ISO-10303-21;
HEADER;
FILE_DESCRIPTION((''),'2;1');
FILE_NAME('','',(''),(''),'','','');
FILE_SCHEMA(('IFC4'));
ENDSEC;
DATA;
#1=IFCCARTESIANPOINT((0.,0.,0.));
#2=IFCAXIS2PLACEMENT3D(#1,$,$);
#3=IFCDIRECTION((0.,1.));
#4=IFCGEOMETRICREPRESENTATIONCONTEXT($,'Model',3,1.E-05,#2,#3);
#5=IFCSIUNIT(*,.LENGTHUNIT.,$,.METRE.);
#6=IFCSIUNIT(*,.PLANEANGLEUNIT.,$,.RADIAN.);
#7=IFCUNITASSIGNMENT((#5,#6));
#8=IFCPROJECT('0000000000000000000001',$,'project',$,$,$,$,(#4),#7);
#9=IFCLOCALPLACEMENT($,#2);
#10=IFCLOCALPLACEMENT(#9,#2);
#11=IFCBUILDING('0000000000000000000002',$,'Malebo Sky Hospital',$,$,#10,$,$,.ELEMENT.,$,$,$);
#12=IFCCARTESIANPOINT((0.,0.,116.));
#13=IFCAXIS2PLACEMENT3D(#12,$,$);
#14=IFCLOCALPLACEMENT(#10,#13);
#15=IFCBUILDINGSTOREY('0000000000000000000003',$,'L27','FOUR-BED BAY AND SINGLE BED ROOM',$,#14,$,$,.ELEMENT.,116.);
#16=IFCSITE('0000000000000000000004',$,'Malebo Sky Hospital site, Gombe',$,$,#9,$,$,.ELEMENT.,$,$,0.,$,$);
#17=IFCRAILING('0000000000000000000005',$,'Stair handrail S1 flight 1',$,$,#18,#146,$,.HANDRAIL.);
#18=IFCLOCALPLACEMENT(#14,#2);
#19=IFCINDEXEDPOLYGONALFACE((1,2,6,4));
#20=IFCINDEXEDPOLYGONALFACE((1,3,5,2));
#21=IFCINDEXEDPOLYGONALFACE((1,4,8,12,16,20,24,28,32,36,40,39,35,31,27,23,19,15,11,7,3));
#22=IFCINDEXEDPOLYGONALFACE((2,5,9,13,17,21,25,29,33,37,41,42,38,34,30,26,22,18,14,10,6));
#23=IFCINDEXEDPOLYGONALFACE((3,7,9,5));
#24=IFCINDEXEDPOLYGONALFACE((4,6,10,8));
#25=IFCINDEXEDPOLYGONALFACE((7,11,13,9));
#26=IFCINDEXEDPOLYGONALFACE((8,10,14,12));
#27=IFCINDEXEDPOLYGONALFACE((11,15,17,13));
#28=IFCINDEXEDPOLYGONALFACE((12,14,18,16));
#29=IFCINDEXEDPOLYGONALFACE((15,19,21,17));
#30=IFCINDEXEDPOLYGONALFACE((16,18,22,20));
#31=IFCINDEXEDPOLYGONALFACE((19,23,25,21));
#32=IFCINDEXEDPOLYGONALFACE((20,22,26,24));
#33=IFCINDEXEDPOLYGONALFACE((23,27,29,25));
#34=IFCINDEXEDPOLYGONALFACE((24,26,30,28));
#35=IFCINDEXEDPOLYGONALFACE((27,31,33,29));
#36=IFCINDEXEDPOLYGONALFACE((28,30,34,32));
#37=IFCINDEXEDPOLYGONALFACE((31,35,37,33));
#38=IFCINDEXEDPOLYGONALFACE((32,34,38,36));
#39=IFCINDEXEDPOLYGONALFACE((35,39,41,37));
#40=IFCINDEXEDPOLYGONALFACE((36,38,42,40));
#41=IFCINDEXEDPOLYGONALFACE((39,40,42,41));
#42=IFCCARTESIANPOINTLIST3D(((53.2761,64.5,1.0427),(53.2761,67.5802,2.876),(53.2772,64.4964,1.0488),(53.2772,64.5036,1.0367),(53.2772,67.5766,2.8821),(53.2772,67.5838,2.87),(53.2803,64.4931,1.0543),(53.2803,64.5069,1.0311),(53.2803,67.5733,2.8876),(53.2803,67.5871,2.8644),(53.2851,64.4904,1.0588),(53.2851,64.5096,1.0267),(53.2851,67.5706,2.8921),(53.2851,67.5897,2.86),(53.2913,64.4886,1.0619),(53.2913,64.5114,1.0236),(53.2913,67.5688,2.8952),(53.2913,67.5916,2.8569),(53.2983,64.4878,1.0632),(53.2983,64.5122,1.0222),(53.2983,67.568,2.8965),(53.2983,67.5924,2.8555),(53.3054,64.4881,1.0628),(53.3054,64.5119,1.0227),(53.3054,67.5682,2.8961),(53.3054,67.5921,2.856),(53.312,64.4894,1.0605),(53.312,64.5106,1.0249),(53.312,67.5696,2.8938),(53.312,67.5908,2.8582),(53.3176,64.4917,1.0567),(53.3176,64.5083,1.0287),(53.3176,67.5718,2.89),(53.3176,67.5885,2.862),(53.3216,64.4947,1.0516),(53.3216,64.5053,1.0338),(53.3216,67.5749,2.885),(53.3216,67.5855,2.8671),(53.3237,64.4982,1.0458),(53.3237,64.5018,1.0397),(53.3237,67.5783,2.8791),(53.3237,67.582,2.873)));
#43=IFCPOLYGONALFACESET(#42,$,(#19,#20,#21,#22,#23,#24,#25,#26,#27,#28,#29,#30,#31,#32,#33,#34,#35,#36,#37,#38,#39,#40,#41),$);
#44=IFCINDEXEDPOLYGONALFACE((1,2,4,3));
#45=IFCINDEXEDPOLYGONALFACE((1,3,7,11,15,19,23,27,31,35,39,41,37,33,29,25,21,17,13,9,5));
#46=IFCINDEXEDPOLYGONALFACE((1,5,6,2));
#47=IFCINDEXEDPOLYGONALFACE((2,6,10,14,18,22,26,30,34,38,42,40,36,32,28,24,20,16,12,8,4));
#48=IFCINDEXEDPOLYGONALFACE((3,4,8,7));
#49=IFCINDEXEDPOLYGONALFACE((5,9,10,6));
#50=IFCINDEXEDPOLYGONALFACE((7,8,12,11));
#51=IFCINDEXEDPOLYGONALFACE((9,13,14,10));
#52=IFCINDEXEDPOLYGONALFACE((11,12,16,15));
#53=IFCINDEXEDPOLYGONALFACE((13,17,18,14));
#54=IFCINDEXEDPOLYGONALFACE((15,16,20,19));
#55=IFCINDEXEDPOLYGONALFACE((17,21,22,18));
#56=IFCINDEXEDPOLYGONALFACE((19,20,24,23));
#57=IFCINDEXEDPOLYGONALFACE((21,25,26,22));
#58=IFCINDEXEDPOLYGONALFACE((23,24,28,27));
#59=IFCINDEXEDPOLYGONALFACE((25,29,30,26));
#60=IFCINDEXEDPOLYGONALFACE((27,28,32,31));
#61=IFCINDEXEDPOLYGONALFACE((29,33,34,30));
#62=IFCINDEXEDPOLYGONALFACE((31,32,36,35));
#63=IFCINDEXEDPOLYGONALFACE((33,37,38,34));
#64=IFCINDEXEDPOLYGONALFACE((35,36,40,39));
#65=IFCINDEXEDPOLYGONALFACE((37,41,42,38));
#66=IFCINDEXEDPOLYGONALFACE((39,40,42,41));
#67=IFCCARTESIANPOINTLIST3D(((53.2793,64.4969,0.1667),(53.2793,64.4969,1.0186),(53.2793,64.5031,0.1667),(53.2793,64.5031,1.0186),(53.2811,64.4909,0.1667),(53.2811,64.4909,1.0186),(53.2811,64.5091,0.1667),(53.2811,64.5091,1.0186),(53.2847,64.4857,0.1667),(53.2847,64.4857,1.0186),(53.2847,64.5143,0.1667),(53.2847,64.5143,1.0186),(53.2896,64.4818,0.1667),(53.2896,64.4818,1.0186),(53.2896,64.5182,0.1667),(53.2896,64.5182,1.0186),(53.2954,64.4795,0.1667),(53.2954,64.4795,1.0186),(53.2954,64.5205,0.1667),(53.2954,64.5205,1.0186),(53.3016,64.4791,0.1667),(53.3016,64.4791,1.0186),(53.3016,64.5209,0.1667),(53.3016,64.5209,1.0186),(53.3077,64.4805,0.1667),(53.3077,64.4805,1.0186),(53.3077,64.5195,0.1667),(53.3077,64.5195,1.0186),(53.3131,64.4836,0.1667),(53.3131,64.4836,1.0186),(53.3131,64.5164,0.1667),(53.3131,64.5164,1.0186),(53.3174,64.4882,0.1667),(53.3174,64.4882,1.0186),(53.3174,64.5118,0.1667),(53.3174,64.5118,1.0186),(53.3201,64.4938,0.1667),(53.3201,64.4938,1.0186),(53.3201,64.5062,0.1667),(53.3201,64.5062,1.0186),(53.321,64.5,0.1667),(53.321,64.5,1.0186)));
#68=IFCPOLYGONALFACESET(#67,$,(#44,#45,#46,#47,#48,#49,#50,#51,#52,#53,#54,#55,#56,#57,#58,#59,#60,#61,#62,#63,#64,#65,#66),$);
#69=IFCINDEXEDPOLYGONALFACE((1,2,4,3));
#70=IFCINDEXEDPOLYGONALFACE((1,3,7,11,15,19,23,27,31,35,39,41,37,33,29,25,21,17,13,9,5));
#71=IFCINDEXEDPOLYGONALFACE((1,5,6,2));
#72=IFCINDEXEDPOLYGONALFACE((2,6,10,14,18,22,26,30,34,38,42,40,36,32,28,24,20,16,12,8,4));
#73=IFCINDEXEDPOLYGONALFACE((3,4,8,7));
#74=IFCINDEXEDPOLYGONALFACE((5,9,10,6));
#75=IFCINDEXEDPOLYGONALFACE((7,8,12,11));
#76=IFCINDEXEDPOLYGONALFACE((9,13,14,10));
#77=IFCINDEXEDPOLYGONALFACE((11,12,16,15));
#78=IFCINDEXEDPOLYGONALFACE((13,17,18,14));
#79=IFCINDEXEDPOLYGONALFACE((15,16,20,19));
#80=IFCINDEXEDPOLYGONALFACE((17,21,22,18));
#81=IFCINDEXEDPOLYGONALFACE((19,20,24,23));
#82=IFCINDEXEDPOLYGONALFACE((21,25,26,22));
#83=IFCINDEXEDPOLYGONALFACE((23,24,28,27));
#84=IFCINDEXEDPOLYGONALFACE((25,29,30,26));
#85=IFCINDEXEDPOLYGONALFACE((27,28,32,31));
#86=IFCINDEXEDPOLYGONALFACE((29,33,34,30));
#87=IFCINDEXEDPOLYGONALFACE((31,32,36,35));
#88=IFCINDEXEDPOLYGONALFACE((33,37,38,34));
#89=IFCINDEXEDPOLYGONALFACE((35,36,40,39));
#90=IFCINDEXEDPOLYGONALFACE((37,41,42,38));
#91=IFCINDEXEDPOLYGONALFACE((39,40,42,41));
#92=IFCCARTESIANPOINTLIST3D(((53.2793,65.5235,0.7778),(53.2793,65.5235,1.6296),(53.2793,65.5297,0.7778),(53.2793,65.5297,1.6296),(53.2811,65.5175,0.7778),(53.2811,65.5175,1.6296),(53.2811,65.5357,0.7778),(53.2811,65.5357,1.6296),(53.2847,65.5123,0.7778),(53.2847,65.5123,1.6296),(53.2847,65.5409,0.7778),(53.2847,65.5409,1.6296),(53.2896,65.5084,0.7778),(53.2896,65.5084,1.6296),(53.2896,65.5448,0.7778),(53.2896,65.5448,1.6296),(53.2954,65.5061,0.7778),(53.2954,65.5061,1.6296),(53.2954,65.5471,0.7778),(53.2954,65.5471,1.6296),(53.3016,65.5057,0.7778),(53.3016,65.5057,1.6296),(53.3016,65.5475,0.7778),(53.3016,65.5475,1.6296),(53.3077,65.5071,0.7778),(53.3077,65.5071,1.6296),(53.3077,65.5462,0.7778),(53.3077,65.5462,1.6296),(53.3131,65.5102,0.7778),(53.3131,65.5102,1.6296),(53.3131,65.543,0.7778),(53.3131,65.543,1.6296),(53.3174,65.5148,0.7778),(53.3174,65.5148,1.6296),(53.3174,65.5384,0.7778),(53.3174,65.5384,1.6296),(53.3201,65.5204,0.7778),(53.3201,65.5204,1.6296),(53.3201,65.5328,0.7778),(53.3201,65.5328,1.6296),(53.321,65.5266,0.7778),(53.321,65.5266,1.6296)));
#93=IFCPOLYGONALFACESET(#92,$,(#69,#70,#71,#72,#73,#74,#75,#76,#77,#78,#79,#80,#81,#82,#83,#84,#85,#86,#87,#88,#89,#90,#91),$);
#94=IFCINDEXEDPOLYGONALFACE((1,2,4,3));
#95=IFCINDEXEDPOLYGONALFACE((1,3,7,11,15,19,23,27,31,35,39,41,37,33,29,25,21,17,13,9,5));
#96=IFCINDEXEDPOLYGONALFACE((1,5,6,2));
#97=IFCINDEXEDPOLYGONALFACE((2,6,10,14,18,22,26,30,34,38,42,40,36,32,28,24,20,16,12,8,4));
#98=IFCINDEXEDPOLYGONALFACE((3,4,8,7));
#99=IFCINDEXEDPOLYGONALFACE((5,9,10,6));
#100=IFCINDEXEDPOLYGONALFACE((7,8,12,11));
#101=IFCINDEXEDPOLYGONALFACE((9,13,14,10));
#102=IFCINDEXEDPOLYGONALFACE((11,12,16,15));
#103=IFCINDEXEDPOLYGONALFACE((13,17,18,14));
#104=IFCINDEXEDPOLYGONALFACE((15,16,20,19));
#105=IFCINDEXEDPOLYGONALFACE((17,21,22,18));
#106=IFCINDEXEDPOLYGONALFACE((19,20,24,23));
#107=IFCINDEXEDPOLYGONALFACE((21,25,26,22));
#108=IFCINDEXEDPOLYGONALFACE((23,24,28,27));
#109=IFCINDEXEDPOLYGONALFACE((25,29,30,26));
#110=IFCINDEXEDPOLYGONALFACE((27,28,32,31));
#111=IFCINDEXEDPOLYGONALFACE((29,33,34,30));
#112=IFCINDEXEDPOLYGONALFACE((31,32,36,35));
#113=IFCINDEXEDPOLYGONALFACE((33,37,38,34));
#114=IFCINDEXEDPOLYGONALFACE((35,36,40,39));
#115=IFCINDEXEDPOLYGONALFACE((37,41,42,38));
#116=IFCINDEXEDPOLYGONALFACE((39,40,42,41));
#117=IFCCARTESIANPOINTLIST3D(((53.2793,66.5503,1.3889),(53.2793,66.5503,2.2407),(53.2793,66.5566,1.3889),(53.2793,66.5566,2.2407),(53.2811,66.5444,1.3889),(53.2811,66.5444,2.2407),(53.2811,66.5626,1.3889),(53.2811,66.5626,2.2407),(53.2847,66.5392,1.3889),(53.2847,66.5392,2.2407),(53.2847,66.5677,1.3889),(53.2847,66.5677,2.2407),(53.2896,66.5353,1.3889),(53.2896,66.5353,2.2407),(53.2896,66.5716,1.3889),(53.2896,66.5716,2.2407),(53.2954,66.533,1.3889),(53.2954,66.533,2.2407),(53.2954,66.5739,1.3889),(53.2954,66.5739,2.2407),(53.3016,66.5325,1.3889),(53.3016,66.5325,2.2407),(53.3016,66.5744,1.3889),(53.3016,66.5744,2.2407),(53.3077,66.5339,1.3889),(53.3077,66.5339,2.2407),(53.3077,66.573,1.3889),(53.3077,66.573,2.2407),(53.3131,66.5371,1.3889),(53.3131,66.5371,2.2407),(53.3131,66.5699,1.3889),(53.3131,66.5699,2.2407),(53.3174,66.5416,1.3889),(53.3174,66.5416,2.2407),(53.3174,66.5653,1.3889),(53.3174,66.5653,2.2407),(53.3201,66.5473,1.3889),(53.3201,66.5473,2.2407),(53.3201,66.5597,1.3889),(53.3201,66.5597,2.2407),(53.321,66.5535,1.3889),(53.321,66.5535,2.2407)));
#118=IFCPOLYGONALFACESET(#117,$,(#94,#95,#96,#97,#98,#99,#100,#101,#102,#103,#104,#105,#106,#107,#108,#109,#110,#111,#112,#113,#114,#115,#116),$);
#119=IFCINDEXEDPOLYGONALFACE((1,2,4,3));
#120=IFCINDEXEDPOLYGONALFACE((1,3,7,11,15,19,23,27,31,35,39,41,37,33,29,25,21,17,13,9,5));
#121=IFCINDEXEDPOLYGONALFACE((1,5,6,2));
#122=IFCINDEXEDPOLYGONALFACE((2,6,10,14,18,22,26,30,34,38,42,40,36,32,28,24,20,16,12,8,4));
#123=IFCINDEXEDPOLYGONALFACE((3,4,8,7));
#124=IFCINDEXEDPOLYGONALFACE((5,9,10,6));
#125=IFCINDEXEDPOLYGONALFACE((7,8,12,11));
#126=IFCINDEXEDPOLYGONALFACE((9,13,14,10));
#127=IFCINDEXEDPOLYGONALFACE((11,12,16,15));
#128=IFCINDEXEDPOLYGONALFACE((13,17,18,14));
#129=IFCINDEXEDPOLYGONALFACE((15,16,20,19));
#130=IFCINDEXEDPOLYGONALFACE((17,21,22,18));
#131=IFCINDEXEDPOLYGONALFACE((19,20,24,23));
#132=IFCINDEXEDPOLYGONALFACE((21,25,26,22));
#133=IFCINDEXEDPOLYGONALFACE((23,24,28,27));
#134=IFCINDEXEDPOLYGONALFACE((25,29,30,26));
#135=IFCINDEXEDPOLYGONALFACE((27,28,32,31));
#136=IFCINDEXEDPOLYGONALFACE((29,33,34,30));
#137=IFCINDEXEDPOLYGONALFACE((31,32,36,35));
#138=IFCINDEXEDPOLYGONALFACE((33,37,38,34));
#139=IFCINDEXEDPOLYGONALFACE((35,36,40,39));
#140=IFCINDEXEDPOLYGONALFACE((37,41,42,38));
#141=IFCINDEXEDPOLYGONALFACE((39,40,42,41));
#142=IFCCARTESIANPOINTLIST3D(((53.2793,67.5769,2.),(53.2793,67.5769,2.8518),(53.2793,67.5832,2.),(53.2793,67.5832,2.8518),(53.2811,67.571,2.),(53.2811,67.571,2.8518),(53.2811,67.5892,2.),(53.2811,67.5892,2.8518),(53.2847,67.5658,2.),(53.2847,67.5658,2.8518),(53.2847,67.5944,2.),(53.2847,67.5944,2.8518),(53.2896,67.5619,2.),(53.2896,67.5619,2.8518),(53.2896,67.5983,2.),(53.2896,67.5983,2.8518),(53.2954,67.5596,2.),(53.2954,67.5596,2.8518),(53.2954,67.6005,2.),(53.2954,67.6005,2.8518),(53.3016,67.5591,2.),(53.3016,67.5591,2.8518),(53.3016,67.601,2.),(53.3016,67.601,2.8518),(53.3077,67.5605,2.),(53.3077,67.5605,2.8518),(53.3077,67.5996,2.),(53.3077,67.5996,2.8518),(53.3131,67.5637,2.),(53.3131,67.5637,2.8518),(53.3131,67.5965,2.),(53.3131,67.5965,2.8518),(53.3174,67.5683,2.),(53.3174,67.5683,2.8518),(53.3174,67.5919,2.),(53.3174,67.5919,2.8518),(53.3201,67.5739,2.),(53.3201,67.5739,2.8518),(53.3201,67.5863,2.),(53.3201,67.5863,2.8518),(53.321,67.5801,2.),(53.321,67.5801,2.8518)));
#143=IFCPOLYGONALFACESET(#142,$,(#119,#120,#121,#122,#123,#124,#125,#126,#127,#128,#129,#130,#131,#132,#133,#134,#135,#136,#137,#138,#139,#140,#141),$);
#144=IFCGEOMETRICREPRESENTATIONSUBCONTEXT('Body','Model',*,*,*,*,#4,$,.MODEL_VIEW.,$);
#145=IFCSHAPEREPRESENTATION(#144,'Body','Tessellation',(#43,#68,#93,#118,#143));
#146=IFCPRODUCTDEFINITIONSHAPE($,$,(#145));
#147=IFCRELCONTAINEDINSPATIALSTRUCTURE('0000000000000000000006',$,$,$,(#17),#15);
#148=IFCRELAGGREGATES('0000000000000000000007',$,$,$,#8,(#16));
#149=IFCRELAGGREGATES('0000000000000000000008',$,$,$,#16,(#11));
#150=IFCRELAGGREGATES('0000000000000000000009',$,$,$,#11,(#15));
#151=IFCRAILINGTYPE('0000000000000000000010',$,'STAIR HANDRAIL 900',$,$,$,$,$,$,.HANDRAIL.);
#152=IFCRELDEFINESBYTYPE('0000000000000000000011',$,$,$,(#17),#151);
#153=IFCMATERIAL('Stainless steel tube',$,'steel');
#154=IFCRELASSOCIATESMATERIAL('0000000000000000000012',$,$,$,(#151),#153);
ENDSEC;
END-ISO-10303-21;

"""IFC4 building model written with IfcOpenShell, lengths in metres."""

from ifc_helpers import new_model, si_unit, direction, frame, origin, origin_2d, place, context, subcontext, project, spatial, circle, extrude, material, type_object, element, save


model = new_model("IFC4")

# Units and contexts
model_context = context("Model", 3, precision=1e-05, world=origin(), true_north=direction((0.0, 1.0)))
body_context = subcontext(model_context, "Body", "Model", "MODEL_VIEW")
ifc_project = project(units=[si_unit("LENGTHUNIT", "METRE"), si_unit("PLANEANGLEUNIT", "RADIAN")], contexts=[model_context])

# Site, building, storey
site_placement = place(None, origin())
site = spatial("IfcSite", under=ifc_project, at=site_placement, Name="Malebo Sky Hospital site, Gombe", CompositionType="ELEMENT", RefElevation=0.0)
building_placement = place(site_placement, origin())
building = spatial("IfcBuilding", under=site, at=building_placement, Name="Malebo Sky Hospital", CompositionType="ELEMENT")
storey_placement = place(building_placement, frame((0.0, 0.0, 116.0)))
storey = spatial("IfcBuildingStorey", under=building, at=storey_placement, Name="L27", Description="FOUR-BED BAY AND SINGLE BED ROOM", CompositionType="ELEMENT", Elevation=116.0)

# Railing
ifc_material_1 = material(Name="Stainless steel tube", Category="steel")
railing_type = type_object("IfcRailingType", Name="STAIR HANDRAIL 900", PredefinedType="HANDRAIL", material=ifc_material_1)
railing_1_placement = place(storey_placement, frame((53.3, 64.5, 0.1667)))
element("IfcRailing", 1, at=railing_1_placement, inside=storey, type_object=railing_type, Name="Stair handrail S1 flight 1", PredefinedType="HANDRAIL", context=body_context, shape_type="SweptSolid", body=[
    extrude(circle(Radius=0.0239, at=origin_2d()), frame((0.0, 0.0, 0.876), z_axis=(0.0, 0.859309, 0.511458), x_axis=(-1.0, 0.0, 0.0)), (0.0, 0.0, 1.0), 3.5845),
    extrude(circle(Radius=0.021, at=origin_2d()), origin(), (0.0, 0.0, 1.0), 0.8518),
    extrude(circle(Radius=0.021, at=origin_2d()), frame((0.0, 1.0266, 0.6111)), (0.0, 0.0, 1.0), 0.8518),
    extrude(circle(Radius=0.021, at=origin_2d()), frame((0.0, 2.0535, 1.2222)), (0.0, 0.0, 1.0), 0.8518),
    extrude(circle(Radius=0.021, at=origin_2d()), frame((0.0, 3.0801, 1.8333)), (0.0, 0.0, 1.0), 0.8518),
])

save(model, "model.ifc")
